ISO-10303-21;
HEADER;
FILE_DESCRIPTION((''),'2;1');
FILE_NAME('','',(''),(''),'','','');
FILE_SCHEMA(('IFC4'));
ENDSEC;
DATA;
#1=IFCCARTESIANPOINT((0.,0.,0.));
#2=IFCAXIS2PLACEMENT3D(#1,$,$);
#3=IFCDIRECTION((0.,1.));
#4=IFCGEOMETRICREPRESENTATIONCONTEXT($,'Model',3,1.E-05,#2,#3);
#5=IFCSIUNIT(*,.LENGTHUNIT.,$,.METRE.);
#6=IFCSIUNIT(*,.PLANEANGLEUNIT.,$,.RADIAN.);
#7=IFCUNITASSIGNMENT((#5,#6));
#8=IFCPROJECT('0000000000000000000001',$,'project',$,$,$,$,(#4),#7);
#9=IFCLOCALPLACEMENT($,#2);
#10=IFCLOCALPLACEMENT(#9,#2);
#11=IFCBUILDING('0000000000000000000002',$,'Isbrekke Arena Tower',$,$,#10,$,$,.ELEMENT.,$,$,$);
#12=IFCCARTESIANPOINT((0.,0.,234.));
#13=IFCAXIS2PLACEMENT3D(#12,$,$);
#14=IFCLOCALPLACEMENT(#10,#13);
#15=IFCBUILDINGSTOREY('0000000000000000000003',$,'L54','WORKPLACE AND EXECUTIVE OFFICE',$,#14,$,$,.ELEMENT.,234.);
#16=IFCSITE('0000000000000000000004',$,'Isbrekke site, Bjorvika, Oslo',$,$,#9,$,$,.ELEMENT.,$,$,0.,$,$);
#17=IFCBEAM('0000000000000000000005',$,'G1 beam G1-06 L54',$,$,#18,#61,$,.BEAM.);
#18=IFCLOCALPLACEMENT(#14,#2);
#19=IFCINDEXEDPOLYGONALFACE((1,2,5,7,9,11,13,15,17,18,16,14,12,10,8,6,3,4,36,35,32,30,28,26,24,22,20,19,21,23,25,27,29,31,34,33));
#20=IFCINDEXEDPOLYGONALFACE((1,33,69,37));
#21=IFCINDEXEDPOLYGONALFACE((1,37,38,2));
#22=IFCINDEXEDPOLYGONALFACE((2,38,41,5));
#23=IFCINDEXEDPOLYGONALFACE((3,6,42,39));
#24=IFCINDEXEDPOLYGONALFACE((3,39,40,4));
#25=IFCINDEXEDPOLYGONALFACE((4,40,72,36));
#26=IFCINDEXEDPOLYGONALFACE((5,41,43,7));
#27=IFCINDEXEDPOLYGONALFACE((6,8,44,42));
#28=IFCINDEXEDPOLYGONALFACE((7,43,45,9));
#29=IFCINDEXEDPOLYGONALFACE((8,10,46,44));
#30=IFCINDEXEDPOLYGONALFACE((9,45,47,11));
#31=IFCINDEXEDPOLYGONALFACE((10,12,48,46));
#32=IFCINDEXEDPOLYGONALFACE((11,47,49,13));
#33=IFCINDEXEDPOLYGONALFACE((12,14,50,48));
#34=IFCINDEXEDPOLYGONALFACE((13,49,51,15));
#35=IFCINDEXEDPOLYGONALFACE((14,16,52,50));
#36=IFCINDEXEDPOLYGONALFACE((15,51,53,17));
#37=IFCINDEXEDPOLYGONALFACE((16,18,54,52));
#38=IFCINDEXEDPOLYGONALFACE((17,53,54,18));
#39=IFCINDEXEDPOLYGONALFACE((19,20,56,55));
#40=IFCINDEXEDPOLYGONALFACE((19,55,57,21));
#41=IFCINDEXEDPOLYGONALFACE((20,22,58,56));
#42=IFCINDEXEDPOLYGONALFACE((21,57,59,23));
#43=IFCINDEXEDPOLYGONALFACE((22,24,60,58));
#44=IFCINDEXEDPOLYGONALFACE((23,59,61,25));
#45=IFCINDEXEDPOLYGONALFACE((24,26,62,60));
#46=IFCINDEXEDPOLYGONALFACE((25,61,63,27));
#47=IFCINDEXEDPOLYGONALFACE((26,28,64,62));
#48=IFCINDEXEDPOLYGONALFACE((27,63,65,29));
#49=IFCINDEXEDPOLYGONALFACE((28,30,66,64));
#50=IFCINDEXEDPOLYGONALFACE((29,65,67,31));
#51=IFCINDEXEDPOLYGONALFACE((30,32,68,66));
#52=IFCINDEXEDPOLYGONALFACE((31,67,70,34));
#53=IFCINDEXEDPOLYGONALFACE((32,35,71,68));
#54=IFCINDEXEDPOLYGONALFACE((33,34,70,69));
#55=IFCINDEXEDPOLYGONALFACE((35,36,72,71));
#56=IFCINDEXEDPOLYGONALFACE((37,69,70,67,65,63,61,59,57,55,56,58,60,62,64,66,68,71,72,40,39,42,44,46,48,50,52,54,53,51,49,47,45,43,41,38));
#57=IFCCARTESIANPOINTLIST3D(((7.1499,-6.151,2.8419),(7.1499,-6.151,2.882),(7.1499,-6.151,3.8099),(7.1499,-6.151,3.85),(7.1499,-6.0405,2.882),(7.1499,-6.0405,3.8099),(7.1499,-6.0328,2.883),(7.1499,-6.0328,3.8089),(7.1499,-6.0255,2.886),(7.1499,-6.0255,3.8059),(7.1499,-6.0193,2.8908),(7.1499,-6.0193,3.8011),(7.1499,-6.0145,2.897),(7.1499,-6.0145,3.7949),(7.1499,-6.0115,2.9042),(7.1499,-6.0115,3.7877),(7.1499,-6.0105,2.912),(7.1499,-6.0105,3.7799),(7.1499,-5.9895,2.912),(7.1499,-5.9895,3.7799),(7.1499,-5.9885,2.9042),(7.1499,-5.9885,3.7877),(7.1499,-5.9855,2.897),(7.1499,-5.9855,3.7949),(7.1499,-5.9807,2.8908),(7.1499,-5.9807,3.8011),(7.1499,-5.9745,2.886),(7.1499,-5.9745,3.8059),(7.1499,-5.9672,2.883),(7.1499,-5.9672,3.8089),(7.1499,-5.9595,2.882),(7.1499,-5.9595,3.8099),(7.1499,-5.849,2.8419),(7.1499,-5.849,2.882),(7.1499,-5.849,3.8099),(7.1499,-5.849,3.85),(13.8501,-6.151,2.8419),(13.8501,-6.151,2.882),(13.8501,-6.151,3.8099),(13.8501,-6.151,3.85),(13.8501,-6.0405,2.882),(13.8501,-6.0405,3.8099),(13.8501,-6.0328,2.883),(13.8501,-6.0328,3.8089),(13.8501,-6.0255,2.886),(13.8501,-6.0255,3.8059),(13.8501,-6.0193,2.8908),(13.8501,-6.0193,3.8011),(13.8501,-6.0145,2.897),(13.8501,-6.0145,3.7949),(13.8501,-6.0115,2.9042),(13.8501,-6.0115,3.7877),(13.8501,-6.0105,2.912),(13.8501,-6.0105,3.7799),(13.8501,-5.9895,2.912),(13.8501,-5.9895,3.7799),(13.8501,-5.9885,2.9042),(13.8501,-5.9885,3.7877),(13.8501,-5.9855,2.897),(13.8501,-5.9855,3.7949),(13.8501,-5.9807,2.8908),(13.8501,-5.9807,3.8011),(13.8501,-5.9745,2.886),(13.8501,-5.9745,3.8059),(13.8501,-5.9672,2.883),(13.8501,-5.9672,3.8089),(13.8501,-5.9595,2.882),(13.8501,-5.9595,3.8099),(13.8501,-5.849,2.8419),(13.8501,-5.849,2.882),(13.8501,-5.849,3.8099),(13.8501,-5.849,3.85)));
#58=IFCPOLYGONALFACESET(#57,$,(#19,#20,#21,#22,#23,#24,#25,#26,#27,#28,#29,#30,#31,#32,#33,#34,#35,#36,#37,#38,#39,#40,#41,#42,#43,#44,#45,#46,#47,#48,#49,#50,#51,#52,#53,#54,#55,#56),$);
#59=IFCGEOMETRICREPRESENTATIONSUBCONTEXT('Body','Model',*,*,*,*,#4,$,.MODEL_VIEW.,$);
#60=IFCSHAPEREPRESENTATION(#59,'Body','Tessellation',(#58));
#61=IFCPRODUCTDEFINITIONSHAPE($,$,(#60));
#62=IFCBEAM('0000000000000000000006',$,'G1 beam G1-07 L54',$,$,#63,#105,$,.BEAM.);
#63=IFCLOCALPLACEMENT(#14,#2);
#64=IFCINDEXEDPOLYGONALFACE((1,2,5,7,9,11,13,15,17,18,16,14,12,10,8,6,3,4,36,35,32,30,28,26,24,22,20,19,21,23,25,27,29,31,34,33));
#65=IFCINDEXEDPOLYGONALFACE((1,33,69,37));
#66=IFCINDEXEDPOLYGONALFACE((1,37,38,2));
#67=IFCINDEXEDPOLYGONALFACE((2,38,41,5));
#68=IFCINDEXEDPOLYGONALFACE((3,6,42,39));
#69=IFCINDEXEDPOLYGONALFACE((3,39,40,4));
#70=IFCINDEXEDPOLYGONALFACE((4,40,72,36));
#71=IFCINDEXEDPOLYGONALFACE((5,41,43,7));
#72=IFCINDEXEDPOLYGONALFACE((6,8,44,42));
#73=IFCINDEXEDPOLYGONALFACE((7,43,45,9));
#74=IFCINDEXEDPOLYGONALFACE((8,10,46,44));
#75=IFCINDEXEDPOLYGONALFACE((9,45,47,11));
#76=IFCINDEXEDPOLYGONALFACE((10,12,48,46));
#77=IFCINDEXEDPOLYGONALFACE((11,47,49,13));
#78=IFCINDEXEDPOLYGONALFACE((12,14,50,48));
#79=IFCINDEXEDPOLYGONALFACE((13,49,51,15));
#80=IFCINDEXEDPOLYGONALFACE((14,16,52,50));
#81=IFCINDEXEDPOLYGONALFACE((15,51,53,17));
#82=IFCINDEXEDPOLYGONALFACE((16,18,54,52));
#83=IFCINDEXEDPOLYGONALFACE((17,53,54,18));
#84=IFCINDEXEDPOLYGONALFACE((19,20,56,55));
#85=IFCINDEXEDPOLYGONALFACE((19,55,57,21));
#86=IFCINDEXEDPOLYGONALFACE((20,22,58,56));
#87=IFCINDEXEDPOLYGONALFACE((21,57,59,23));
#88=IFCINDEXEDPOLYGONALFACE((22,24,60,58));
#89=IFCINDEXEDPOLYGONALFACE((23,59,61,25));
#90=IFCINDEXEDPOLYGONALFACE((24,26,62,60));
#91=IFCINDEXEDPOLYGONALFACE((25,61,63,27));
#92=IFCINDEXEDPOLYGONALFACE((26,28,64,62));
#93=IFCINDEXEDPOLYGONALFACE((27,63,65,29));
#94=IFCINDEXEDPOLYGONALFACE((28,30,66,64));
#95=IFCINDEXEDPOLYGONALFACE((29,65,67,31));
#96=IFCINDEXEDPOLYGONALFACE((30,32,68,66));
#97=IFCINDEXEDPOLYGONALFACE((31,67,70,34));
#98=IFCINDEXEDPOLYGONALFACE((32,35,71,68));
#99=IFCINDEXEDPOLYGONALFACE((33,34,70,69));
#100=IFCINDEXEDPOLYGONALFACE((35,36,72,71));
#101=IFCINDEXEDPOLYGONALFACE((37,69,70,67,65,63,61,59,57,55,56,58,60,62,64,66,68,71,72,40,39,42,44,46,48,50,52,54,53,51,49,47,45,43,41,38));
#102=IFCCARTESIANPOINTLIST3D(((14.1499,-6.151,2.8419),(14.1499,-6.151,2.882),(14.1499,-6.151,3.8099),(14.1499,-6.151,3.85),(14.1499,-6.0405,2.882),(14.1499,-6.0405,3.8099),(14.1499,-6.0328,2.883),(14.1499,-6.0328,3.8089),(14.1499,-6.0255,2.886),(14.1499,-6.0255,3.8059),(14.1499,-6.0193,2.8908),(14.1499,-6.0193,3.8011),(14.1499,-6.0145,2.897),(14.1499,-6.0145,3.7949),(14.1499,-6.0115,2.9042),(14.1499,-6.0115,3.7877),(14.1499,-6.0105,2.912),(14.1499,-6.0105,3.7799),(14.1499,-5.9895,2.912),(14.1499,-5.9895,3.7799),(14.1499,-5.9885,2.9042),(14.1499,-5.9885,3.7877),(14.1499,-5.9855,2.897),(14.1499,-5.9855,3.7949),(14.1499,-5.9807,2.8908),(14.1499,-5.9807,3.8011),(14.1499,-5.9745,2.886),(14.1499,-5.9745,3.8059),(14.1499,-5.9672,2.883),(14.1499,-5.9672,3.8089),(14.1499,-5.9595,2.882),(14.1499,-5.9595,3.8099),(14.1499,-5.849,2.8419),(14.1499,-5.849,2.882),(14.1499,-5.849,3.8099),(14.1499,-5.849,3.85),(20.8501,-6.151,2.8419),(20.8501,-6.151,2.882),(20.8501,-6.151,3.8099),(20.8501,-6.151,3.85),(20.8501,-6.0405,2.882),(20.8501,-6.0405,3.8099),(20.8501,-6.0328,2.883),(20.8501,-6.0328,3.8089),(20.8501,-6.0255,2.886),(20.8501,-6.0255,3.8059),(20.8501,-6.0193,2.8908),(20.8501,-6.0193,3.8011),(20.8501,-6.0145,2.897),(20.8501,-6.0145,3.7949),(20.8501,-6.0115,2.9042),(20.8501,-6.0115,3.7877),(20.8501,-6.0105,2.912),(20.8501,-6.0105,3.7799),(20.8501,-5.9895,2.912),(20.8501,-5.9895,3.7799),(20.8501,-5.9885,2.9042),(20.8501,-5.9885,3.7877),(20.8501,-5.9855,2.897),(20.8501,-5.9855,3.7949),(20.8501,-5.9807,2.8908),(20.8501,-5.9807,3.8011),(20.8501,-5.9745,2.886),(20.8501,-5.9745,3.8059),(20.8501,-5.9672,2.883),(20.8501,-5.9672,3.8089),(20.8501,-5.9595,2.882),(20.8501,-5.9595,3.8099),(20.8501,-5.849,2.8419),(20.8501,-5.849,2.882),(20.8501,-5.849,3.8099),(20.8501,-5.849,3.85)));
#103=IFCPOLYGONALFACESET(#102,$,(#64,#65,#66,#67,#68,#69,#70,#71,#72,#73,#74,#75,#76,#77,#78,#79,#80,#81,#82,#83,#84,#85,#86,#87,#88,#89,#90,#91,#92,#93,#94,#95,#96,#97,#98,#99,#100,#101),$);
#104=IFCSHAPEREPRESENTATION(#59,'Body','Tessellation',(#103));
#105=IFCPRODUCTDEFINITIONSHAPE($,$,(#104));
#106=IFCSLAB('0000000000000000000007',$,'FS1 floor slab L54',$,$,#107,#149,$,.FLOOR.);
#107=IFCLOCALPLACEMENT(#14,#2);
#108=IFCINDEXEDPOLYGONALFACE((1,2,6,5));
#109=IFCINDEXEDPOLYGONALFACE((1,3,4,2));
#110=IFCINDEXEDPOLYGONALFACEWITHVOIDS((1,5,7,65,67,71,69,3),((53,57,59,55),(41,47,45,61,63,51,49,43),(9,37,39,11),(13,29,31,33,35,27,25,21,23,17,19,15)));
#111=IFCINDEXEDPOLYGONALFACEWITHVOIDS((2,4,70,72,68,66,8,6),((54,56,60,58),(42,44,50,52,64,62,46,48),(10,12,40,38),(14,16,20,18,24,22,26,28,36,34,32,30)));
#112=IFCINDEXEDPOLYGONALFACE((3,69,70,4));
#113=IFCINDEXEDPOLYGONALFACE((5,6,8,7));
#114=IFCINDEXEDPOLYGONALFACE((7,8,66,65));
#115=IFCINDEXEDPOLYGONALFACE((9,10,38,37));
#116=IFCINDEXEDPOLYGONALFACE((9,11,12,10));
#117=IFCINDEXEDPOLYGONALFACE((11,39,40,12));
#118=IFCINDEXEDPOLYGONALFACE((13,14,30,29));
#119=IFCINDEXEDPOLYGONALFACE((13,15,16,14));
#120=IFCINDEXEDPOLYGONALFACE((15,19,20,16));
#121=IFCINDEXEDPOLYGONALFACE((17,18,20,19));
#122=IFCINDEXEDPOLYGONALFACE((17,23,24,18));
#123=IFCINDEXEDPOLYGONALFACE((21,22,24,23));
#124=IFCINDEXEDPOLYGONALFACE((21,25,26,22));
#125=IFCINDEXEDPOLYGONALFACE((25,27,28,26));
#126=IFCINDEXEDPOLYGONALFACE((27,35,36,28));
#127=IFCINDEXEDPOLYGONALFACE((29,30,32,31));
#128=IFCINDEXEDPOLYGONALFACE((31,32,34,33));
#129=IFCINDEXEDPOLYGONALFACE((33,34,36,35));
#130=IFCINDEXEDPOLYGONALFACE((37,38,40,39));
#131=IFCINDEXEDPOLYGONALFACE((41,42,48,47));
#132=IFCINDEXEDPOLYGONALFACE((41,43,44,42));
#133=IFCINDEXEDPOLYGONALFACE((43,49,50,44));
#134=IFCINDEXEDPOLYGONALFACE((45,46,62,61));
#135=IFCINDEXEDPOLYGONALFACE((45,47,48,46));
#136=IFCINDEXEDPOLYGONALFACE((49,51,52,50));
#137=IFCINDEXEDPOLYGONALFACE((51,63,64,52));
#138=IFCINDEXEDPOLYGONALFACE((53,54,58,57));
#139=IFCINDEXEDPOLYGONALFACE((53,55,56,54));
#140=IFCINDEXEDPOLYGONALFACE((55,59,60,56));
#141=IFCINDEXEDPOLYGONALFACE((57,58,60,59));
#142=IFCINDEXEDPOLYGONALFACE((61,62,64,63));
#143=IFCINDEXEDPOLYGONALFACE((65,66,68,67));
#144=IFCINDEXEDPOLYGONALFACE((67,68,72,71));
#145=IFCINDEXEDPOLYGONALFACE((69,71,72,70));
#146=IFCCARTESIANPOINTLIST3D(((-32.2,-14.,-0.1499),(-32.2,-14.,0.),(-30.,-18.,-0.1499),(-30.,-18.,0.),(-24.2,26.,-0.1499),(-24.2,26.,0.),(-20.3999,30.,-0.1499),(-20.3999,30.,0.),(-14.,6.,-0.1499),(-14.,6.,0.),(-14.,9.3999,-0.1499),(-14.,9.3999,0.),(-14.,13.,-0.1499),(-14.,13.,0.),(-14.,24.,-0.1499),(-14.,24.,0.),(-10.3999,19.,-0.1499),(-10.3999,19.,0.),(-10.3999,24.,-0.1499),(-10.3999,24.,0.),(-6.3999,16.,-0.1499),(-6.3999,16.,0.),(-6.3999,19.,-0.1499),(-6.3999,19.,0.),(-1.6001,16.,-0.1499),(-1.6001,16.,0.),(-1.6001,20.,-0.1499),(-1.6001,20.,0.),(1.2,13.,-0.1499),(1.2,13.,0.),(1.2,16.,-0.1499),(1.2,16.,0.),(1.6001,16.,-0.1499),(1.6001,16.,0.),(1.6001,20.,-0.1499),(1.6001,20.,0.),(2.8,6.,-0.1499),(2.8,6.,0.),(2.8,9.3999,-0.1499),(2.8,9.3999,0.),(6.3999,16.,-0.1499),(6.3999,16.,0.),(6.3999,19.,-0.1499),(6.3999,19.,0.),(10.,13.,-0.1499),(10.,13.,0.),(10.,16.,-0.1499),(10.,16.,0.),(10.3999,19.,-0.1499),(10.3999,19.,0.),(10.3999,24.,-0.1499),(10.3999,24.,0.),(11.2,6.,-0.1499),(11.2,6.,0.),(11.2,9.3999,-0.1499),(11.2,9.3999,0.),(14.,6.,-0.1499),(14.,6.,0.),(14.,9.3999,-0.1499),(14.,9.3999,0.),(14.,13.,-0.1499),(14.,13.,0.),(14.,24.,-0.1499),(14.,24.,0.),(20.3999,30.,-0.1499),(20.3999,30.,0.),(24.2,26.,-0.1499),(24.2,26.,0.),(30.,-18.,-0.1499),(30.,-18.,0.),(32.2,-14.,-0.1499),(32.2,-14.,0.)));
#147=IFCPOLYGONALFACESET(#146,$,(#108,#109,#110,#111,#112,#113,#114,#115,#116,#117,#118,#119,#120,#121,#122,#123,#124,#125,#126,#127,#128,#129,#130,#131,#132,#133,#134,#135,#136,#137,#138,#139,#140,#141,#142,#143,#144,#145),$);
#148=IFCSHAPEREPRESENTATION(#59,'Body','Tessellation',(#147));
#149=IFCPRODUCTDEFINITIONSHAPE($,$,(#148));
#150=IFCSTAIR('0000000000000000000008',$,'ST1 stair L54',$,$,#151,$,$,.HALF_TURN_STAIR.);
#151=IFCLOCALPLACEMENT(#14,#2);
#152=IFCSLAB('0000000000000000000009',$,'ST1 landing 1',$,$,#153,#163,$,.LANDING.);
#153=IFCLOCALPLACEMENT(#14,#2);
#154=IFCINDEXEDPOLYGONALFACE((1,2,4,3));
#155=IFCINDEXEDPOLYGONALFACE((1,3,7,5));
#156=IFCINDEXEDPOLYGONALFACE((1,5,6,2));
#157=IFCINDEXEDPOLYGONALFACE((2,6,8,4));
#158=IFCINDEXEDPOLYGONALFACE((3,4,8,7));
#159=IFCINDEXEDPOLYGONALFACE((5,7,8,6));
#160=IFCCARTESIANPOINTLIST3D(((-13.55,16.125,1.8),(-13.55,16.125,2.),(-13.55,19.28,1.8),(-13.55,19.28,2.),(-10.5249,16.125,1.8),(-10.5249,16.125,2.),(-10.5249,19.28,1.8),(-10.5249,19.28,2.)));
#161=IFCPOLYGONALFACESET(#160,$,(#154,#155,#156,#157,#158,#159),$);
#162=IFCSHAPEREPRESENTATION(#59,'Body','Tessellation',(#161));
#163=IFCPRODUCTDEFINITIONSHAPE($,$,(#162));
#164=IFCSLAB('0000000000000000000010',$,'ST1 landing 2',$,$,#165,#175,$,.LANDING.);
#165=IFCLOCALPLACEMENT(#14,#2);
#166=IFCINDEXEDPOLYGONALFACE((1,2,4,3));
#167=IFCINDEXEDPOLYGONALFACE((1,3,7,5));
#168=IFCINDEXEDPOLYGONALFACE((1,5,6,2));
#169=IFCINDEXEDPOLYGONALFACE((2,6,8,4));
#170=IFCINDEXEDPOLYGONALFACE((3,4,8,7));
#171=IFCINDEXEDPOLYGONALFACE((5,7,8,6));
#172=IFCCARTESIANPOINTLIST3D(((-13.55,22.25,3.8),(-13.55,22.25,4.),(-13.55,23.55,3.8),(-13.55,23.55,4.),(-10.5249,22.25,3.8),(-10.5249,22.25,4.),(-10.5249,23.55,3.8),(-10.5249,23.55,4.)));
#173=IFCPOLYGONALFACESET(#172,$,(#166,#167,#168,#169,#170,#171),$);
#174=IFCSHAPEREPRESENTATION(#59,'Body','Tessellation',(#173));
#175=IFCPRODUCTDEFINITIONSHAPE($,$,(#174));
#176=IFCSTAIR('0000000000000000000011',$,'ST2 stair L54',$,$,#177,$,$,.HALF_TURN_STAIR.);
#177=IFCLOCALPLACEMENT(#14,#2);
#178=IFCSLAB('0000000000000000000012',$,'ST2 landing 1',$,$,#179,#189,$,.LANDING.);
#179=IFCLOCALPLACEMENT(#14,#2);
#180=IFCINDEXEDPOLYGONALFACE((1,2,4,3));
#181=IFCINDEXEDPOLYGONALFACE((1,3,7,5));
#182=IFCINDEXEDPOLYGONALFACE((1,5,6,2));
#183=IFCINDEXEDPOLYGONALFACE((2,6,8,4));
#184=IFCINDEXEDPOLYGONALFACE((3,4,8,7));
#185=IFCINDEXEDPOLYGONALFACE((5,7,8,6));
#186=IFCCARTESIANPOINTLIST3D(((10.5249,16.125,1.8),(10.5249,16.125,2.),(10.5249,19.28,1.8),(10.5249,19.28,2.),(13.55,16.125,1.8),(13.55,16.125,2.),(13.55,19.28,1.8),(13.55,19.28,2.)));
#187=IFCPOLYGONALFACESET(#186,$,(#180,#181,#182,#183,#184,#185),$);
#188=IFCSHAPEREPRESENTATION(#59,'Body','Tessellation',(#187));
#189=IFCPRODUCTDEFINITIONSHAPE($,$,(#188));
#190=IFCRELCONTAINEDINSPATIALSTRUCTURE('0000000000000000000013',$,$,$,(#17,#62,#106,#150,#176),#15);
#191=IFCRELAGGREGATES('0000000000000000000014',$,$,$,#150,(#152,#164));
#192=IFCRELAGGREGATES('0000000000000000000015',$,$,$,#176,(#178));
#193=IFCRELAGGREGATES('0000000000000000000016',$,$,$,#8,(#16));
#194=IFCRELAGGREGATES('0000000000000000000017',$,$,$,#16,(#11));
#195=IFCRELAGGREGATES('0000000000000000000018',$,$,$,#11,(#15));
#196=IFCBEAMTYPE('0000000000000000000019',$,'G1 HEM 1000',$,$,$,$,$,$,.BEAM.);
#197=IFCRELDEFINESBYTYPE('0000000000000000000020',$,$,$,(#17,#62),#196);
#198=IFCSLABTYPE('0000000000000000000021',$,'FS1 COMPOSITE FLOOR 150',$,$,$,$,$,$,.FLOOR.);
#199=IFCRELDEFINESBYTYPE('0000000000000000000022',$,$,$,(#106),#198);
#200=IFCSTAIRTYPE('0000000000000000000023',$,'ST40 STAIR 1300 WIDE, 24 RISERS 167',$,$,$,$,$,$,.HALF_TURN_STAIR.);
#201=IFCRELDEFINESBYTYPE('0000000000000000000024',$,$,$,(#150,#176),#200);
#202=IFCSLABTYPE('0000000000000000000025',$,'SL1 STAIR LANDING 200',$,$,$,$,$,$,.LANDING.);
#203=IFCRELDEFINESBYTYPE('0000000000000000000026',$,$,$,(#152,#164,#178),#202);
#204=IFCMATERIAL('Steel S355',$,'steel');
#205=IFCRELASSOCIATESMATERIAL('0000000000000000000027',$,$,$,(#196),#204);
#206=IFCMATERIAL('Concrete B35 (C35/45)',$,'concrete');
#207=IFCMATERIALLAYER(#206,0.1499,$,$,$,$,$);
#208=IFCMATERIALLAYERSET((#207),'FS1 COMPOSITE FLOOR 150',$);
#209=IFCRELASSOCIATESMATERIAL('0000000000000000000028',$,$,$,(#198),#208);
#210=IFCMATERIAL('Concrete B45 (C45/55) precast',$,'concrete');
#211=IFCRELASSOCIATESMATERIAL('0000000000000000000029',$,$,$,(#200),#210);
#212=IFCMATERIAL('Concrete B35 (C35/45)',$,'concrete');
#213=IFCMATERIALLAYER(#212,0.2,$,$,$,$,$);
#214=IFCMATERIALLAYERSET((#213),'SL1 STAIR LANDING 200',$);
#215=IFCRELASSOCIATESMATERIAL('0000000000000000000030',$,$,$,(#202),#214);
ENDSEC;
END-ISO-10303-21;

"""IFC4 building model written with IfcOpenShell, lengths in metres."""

from ifc_helpers import new_model, si_unit, direction, frame, origin, origin_2d, place, context, subcontext, project, spatial, polyline, i_section, outline, extrude, material, layer, layer_set, material_profile, profile_set, type_object, element, aggregate, save


model = new_model("IFC4")

# Units and contexts
model_context = context("Model", 3, precision=1e-05, world=origin(), true_north=direction((0.0, 1.0)))
body_context = subcontext(model_context, "Body", "Model", "MODEL_VIEW")
ifc_project = project(units=[si_unit("LENGTHUNIT", "METRE"), si_unit("PLANEANGLEUNIT", "RADIAN")], contexts=[model_context])

# Site, building, storey
site_placement = place(None, origin())
site = spatial("IfcSite", under=ifc_project, at=site_placement, Name="Isbrekke site, Bjorvika, Oslo", CompositionType="ELEMENT", RefElevation=0.0)
building_placement = place(site_placement, origin())
building = spatial("IfcBuilding", under=site, at=building_placement, Name="Isbrekke Arena Tower", CompositionType="ELEMENT")
storey_placement = place(building_placement, frame((0.0, 0.0, 234.0)))
storey = spatial("IfcBuildingStorey", under=building, at=storey_placement, Name="L54", Description="WORKPLACE AND EXECUTIVE OFFICE", CompositionType="ELEMENT", Elevation=234.0)

# Beams
ifc_material_1 = material(Name="Steel S355", Category="steel")
ifc_material_profile_1 = material_profile(ifc_material_1, i_section(OverallWidth=0.302, OverallDepth=1.0081, WebThickness=0.021, FlangeThickness=0.04, FilletRadius=0.03, at=origin_2d()), Name="HEM 1000")
ifc_profile_set_1 = profile_set([ifc_material_profile_1], Name="Steel S355")
beam_type_1 = type_object("IfcBeamType", Name="G1 HEM 1000", PredefinedType="BEAM", material=ifc_profile_set_1)
for number, where, z_axis, x_axis, name in (
    (1, (7.1499, -6.0, 3.3459), (1.0, 0.0, 0.0), (0.0, 1.0, 0.0), "G1 beam G1-06 L54"),
    (2, (14.1499, -6.0, 3.3459), (1.0, 0.0, 0.0), (0.0, 1.0, 0.0), "G1 beam G1-07 L54"),
):
    element("IfcBeam", number, at=place(storey_placement, frame(where, z_axis=z_axis, x_axis=x_axis)), inside=storey, type_object=beam_type_1, Name=name, PredefinedType="BEAM", context=body_context, shape_type="SweptSolid", body=[
        extrude(i_section(OverallWidth=0.302, OverallDepth=1.0081, WebThickness=0.021, FlangeThickness=0.04, FilletRadius=0.03, at=origin_2d()), origin(), (0.0, 0.0, 1.0), 6.7002),
    ])

# Slab
ifc_material_2 = material(Name="Concrete B35 (C35/45)", Category="concrete")
ifc_layer_1 = layer(ifc_material_2, 0.1499)
ifc_layer_set_1 = layer_set([ifc_layer_1], Name="FS1 COMPOSITE FLOOR 150")
slab_type_1 = type_object("IfcSlabType", Name="FS1 COMPOSITE FLOOR 150", PredefinedType="FLOOR", material=ifc_layer_set_1)
slab_1_placement = place(storey_placement, frame((0.0, 0.0, -0.1499)))
element("IfcSlab", 3, at=slab_1_placement, inside=storey, type_object=slab_type_1, Name="FS1 floor slab L54", PredefinedType="FLOOR", context=body_context, shape_type="SweptSolid", body=[
    extrude(outline(polyline([(-30.0, -18.0), (30.0, -18.0), (32.2, -14.0), (24.2, 26.0), (20.3999, 30.0), (-20.3999, 30.0), (-24.2, 26.0), (-32.2, -14.0), (-30.0, -18.0)]), holes=[polyline([(2.8, 9.3999), (2.8, 6.0), (-14.0, 6.0), (-14.0, 9.3999), (2.8, 9.3999)]), polyline([(11.2, 6.0), (11.2, 9.3999), (14.0, 9.3999), (14.0, 6.0), (11.2, 6.0)]), polyline([(-14.0, 13.0), (-14.0, 24.0), (-10.3999, 24.0), (-10.3999, 19.0), (-6.3999, 19.0), (-6.3999, 16.0), (-1.6001, 16.0), (-1.6001, 20.0), (1.6001, 20.0), (1.6001, 16.0), (1.2, 16.0), (1.2, 13.0), (-14.0, 13.0)]), polyline([(10.0, 13.0), (10.0, 16.0), (6.3999, 16.0), (6.3999, 19.0), (10.3999, 19.0), (10.3999, 24.0), (14.0, 24.0), (14.0, 13.0), (10.0, 13.0)])]), origin(), (0.0, 0.0, 1.0), 0.1499),
])

# Stairs, slabs
ifc_material_3 = material(Name="Concrete B45 (C45/55) precast", Category="concrete")
stair_type = type_object("IfcStairType", Name="ST40 STAIR 1300 WIDE, 24 RISERS 167", PredefinedType="HALF_TURN_STAIR", material=ifc_material_3)
stair_1_placement = place(storey_placement, origin())
stair_1 = element("IfcStair", 4, at=stair_1_placement, inside=storey, type_object=stair_type, Name="ST1 stair L54", PredefinedType="HALF_TURN_STAIR")
ifc_material_4 = material(Name="Concrete B35 (C35/45)", Category="concrete")
ifc_layer_2 = layer(ifc_material_4, 0.2)
ifc_layer_set_2 = layer_set([ifc_layer_2], Name="SL1 STAIR LANDING 200")
slab_type_2 = type_object("IfcSlabType", Name="SL1 STAIR LANDING 200", PredefinedType="LANDING", material=ifc_layer_set_2)
slab_2_placement = place(storey_placement, frame((0.0, 0.0, 1.8)))
slab_2 = element("IfcSlab", 5, at=slab_2_placement, type_object=slab_type_2, Name="ST1 landing 1", PredefinedType="LANDING", context=body_context, shape_type="SweptSolid", body=[
    extrude(outline(polyline([(-13.55, 16.125), (-10.5249, 16.125), (-10.5249, 19.28), (-13.55, 19.28), (-13.55, 16.125)])), origin(), (0.0, 0.0, 1.0), 0.2),
])
slab_3_placement = place(storey_placement, frame((0.0, 0.0, 3.8)))
slab_3 = element("IfcSlab", 6, at=slab_3_placement, type_object=slab_type_2, Name="ST1 landing 2", PredefinedType="LANDING", context=body_context, shape_type="SweptSolid", body=[
    extrude(outline(polyline([(-13.55, 22.25), (-10.5249, 22.25), (-10.5249, 23.55), (-13.55, 23.55), (-13.55, 22.25)])), origin(), (0.0, 0.0, 1.0), 0.2),
])
aggregate(stair_1, [slab_2, slab_3])
stair_2_placement = place(storey_placement, origin())
stair_2 = element("IfcStair", 7, at=stair_2_placement, inside=storey, type_object=stair_type, Name="ST2 stair L54", PredefinedType="HALF_TURN_STAIR")
slab_4_placement = place(storey_placement, frame((0.0, 0.0, 1.8)))
slab_4 = element("IfcSlab", 8, at=slab_4_placement, type_object=slab_type_2, Name="ST2 landing 1", PredefinedType="LANDING", context=body_context, shape_type="SweptSolid", body=[
    extrude(outline(polyline([(10.5249, 16.125), (13.55, 16.125), (13.55, 19.28), (10.5249, 19.28), (10.5249, 16.125)])), origin(), (0.0, 0.0, 1.0), 0.2),
])
aggregate(stair_2, [slab_4])

save(model, "model.ifc")
